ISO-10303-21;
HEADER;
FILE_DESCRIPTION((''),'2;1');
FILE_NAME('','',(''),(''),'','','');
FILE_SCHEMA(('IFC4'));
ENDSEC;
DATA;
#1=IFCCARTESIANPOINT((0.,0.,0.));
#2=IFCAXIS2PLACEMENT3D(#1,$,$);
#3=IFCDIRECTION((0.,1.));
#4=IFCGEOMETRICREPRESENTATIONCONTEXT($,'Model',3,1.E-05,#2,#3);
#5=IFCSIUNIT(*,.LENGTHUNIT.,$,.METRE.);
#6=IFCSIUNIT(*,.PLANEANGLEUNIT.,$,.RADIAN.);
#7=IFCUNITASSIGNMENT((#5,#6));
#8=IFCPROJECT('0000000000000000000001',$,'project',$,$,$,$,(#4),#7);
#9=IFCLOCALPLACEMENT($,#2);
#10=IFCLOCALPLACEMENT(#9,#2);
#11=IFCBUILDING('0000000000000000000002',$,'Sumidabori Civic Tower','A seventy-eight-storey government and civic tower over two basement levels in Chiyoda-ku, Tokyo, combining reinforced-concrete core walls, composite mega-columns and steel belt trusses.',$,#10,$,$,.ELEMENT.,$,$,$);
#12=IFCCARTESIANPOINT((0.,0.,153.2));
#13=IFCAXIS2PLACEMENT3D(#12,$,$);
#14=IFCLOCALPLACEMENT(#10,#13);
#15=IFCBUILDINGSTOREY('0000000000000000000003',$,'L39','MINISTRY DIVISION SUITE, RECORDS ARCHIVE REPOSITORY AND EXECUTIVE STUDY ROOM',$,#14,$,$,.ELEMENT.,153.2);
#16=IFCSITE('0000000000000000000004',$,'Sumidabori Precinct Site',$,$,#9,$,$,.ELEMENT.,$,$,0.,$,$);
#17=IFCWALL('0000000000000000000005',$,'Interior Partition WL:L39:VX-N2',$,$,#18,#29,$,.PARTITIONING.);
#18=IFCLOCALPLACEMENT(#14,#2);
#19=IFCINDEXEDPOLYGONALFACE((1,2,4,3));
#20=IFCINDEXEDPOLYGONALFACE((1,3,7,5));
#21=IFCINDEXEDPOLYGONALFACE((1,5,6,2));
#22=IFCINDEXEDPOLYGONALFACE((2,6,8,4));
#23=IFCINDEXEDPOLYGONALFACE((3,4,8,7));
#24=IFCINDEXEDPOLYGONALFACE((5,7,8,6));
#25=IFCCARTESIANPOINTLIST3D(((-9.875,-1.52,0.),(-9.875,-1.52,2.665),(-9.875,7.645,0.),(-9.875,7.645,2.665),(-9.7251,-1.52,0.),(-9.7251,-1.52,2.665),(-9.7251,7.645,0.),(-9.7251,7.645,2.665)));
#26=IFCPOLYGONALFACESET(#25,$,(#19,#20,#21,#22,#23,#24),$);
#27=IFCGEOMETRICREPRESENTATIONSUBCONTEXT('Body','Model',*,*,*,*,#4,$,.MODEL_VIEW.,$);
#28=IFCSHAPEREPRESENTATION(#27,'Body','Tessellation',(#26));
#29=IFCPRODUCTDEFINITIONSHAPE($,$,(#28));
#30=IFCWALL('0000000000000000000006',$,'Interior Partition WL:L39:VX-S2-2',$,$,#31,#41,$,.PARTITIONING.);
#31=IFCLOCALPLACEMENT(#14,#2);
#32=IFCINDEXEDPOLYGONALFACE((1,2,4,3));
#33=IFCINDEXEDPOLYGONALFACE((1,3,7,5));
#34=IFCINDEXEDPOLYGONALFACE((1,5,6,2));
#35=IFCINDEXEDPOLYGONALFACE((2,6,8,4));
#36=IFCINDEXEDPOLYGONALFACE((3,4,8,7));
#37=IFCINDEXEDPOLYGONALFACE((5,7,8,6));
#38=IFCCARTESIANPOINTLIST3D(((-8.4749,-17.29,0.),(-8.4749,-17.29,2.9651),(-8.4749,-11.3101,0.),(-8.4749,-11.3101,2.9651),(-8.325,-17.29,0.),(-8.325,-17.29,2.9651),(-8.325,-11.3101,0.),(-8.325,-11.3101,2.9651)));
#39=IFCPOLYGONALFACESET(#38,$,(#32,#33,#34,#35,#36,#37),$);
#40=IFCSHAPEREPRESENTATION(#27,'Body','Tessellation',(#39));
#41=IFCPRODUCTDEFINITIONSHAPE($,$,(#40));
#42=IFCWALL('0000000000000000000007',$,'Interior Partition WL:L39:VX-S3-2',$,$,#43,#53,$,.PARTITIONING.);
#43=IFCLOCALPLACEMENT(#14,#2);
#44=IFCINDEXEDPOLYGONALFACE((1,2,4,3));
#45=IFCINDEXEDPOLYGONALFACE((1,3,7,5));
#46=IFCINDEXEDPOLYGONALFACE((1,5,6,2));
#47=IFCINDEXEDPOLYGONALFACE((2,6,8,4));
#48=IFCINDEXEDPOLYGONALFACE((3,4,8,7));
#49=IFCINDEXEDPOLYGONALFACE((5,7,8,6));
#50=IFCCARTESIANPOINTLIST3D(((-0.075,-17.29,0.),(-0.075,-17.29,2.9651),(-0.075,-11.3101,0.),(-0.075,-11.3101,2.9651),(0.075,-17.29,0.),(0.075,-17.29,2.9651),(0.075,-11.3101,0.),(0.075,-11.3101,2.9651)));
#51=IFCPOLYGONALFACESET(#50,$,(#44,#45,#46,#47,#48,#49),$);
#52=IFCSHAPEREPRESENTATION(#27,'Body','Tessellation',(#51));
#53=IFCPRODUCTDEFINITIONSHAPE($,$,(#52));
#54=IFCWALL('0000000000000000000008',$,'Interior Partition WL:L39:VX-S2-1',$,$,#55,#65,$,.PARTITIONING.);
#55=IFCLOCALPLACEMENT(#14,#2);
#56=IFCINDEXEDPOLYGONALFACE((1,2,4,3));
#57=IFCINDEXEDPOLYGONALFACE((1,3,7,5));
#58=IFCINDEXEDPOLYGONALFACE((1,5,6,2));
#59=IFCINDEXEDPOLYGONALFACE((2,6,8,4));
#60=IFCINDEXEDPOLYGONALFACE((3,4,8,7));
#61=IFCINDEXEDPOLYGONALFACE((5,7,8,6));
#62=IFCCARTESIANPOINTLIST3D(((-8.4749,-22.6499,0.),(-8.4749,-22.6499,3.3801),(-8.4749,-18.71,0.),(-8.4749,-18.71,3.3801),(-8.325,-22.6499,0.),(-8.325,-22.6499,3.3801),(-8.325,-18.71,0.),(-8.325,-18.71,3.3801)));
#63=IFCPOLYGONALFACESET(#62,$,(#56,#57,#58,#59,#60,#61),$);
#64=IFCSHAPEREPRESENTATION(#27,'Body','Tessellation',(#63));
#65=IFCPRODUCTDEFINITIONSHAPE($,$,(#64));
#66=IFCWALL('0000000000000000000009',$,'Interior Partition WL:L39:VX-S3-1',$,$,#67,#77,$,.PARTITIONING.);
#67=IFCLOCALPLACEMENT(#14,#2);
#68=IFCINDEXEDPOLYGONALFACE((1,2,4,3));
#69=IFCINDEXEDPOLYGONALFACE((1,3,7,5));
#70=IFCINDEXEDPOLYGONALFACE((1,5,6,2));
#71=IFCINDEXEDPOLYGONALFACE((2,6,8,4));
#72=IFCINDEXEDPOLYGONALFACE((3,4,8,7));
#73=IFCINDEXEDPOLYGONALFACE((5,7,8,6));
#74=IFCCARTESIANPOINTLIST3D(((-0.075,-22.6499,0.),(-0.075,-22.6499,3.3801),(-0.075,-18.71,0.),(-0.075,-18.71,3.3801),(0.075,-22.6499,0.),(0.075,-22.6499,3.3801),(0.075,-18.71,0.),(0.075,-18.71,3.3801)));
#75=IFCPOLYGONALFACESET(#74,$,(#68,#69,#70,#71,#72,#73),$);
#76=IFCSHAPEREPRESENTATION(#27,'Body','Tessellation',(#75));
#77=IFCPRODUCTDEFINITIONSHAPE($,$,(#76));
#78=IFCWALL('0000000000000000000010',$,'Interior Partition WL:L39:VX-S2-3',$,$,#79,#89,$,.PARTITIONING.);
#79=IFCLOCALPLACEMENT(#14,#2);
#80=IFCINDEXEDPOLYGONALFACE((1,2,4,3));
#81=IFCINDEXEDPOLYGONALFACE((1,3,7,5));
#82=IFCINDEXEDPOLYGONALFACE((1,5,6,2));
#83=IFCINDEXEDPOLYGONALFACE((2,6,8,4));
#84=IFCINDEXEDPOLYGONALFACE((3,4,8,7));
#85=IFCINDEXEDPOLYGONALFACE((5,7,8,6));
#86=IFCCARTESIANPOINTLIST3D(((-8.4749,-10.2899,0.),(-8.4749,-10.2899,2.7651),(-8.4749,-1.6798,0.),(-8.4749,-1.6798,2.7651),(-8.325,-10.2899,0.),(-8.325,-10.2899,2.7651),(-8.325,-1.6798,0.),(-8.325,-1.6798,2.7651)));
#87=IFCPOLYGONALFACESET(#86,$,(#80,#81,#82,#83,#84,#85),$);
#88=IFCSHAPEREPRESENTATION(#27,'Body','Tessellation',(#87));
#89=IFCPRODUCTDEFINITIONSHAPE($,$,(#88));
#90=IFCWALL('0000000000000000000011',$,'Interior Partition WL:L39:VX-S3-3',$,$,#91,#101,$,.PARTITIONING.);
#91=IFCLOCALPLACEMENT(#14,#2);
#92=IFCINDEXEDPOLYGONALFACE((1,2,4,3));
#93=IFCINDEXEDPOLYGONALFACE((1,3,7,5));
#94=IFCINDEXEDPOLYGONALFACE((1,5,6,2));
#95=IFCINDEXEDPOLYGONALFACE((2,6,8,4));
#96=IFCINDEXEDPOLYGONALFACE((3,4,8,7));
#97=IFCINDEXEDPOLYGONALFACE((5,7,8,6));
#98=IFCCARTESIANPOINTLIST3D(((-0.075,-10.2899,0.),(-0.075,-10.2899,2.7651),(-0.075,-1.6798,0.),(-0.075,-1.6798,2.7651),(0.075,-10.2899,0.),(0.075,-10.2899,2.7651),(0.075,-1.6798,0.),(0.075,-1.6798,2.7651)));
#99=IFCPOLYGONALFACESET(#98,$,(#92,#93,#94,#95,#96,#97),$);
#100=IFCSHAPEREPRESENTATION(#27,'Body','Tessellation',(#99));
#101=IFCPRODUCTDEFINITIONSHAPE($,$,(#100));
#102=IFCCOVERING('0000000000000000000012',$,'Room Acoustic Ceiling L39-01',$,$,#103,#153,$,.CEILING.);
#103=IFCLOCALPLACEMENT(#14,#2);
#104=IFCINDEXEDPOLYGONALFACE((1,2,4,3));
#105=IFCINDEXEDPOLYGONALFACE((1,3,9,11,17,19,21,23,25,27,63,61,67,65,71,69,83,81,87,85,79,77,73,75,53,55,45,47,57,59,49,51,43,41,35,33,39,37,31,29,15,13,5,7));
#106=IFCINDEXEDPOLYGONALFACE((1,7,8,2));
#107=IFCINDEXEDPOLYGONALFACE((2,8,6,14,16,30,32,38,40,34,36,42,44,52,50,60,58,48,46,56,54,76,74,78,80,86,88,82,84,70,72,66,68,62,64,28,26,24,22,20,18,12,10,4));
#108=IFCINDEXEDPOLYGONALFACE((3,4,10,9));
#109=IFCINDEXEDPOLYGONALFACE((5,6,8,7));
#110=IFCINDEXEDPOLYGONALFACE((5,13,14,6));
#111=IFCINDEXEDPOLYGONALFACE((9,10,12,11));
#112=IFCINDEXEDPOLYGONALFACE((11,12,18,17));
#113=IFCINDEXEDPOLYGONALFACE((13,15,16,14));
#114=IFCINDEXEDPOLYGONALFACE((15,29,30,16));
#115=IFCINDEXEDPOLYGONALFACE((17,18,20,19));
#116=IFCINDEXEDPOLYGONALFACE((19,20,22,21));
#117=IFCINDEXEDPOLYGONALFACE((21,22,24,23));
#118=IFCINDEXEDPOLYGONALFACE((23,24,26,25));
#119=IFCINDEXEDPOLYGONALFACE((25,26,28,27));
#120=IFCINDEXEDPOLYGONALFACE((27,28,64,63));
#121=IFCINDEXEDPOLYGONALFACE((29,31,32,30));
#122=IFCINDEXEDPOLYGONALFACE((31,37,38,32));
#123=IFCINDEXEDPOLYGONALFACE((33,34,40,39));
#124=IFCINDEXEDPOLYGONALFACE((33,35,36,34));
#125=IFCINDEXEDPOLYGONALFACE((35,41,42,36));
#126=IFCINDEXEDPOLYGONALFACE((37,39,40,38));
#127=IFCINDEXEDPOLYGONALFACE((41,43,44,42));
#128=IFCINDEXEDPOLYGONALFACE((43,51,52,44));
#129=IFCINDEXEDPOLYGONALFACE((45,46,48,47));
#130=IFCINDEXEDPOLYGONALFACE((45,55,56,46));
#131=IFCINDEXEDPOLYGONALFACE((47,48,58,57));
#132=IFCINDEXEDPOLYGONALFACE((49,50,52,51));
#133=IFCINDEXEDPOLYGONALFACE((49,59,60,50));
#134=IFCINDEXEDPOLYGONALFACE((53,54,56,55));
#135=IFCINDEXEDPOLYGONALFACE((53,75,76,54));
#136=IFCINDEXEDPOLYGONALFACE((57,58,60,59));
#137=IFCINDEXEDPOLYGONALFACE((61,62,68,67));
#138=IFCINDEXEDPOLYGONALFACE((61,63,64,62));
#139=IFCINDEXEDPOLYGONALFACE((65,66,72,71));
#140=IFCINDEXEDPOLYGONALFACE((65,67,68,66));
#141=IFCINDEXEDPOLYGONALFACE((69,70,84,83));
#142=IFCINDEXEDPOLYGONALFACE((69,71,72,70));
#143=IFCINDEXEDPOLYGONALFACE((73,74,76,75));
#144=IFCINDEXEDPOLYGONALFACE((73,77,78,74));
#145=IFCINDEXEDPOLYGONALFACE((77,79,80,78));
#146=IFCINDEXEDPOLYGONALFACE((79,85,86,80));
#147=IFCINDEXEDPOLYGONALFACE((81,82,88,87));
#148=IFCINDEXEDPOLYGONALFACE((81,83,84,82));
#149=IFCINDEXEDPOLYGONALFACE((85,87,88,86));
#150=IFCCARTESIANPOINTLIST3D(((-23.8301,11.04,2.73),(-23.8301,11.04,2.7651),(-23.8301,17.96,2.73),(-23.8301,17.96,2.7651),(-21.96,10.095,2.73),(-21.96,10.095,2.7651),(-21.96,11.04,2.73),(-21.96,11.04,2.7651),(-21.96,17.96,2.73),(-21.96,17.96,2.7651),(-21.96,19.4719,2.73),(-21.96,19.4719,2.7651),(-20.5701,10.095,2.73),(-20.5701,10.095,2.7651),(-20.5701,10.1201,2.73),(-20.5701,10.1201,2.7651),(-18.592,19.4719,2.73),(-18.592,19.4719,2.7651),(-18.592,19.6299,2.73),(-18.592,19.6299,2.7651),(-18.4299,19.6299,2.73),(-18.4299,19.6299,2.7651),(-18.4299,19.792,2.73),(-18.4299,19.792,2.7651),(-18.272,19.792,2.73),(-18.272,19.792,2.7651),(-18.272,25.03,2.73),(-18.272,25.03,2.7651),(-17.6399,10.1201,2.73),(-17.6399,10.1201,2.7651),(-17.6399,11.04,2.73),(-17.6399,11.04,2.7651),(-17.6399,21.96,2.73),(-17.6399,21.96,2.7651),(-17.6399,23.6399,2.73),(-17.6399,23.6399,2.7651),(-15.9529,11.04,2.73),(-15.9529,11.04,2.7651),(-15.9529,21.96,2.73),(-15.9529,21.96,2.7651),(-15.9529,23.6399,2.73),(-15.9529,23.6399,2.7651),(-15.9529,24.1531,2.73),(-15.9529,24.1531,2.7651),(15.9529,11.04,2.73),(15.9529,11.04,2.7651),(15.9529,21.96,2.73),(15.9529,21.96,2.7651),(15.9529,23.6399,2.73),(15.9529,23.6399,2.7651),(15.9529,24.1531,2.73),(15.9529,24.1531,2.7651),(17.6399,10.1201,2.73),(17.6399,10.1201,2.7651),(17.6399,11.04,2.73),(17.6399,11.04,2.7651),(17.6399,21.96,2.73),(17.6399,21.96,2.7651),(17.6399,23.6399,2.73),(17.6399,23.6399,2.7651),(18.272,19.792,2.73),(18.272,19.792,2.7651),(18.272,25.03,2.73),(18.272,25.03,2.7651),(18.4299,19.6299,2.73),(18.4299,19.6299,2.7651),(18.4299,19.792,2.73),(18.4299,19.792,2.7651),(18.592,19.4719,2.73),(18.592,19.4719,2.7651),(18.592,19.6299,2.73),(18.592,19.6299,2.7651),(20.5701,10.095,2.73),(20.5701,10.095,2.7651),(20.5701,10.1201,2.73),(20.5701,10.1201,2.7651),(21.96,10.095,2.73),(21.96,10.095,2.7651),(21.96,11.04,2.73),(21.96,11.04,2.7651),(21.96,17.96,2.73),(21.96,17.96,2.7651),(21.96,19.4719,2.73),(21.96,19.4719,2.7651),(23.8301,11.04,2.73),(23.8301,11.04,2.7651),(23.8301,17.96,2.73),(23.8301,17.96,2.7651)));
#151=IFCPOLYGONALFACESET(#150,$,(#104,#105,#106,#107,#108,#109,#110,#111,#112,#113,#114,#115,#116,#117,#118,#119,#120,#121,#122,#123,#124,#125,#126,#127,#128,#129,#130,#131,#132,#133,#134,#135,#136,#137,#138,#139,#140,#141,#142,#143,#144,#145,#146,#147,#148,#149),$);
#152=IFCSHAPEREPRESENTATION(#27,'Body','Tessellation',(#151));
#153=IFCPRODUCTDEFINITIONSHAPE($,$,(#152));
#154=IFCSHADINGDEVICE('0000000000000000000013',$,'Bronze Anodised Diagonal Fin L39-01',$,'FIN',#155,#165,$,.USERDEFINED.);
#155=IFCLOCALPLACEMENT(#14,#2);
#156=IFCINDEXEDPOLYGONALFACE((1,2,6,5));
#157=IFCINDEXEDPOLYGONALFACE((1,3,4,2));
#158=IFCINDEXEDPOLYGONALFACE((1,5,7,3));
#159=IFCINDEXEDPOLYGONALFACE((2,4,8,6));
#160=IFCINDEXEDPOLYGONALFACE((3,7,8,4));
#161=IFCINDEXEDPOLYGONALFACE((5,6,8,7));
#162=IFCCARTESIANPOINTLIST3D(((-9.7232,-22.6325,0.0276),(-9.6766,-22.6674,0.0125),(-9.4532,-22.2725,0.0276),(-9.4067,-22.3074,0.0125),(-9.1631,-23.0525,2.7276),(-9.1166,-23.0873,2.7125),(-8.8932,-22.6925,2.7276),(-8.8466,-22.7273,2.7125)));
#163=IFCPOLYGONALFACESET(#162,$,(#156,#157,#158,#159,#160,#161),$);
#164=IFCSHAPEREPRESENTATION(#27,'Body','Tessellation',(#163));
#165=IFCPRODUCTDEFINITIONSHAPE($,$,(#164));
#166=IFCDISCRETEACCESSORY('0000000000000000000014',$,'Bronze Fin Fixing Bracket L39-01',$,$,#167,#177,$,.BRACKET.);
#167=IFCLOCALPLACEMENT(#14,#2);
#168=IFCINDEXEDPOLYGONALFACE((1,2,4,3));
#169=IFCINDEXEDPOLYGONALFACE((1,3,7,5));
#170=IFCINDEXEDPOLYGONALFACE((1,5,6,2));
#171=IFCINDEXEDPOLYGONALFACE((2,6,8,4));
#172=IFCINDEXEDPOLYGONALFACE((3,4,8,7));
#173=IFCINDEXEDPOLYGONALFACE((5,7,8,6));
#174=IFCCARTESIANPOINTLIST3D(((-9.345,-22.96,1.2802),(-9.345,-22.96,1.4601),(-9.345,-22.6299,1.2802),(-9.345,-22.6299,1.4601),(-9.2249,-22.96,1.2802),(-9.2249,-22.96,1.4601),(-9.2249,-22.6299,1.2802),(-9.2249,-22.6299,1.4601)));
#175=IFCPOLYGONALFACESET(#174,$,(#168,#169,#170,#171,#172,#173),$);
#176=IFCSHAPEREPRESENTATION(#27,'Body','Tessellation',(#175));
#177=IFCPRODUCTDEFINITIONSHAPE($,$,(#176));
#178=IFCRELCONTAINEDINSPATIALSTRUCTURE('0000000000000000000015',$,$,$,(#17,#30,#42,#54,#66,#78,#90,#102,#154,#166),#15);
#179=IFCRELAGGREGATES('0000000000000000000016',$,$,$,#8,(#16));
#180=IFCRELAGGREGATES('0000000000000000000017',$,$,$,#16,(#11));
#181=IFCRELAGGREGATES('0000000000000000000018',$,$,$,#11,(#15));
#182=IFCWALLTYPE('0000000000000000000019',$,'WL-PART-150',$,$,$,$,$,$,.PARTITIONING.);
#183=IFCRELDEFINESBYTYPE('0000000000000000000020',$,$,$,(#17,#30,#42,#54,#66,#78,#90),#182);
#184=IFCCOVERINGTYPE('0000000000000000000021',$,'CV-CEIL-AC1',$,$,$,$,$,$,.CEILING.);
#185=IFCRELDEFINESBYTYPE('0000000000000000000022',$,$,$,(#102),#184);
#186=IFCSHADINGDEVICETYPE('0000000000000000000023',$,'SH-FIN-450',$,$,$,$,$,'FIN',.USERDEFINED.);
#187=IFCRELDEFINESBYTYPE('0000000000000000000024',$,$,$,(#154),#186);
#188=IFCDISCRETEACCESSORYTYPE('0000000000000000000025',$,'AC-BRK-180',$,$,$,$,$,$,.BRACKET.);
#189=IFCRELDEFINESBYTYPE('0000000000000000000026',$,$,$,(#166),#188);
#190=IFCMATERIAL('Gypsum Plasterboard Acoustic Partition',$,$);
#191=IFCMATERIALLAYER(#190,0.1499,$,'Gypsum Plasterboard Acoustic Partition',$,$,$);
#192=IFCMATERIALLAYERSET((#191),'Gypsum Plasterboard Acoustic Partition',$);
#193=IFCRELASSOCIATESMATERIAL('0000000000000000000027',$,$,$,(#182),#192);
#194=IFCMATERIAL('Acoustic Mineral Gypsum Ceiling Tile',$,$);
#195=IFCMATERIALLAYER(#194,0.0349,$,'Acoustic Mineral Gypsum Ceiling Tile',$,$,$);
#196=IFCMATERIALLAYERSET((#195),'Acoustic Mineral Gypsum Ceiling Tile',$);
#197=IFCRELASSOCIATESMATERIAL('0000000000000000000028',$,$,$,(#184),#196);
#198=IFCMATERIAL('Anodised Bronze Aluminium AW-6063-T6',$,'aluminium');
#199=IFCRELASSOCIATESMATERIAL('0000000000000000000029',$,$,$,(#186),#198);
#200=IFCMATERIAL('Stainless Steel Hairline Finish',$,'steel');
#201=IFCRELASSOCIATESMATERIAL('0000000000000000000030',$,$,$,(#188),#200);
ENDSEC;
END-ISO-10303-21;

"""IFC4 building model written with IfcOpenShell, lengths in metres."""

from ifc_helpers import new_model, si_unit, direction, frame, frame_2d, origin, origin_2d, place, context, subcontext, project, spatial, polyline, rectangle, outline, extrude, source, transform, mapped, material, layer, layer_set, material_profile, profile_set, type_object, element, save


model = new_model("IFC4")

# Units and contexts
model_context = context("Model", 3, precision=1e-05, world=origin(), true_north=direction((0.0, 1.0)))
body_context = subcontext(model_context, "Body", "Model", "MODEL_VIEW")
ifc_project = project(units=[si_unit("LENGTHUNIT", "METRE"), si_unit("PLANEANGLEUNIT", "RADIAN")], contexts=[model_context])

# Site, building, storey
site_placement = place(None, origin())
site = spatial("IfcSite", under=ifc_project, at=site_placement, Name="Sumidabori Precinct Site", CompositionType="ELEMENT", RefElevation=0.0)
building_placement = place(site_placement, origin())
building = spatial("IfcBuilding", under=site, at=building_placement, Name="Sumidabori Civic Tower", Description="A seventy-eight-storey government and civic tower over two basement levels in Chiyoda-ku, Tokyo, combining reinforced-concrete core walls, composite mega-columns and steel belt trusses.", CompositionType="ELEMENT")
storey_placement = place(building_placement, frame((0.0, 0.0, 153.2)))
storey = spatial("IfcBuildingStorey", under=building, at=storey_placement, Name="L39", Description="MINISTRY DIVISION SUITE, RECORDS ARCHIVE REPOSITORY AND EXECUTIVE STUDY ROOM", CompositionType="ELEMENT", Elevation=153.2)

# Shared definitions
ifc_material_1 = material(Name="Anodised Bronze Aluminium AW-6063-T6", Category="aluminium")

# Walls
ifc_material_2 = material(Name="Gypsum Plasterboard Acoustic Partition")
ifc_layer_1 = layer(ifc_material_2, 0.1499, Name="Gypsum Plasterboard Acoustic Partition")
ifc_layer_set_1 = layer_set([ifc_layer_1], Name="Gypsum Plasterboard Acoustic Partition")
wall_type = type_object("IfcWallType", Name="WL-PART-150", PredefinedType="PARTITIONING", material=ifc_layer_set_1)
shared_shape_1 = source(origin(), body_context, "Body", "SweptSolid", [
    extrude(rectangle(XDim=9.165, YDim=0.1499, at=frame_2d((4.5825, 0.0))), origin(), (0.0, 0.0, 1.0), 2.665),
])
wall_placement = place(storey_placement, frame((-9.8, -1.52, 0.0), z_axis=(0.0, 0.0, 1.0), x_axis=(0.0, 1.0, 0.0)))
element("IfcWall", 1, at=wall_placement, inside=storey, type_object=wall_type, Name="Interior Partition WL:L39:VX-N2", PredefinedType="PARTITIONING", context=body_context, shape_type="MappedRepresentation", body=[
    mapped(shared_shape_1, transform((0.0, 0.0, 0.0), x_axis=(1.0, 0.0, 0.0), y_axis=(0.0, 1.0, 0.0), z_axis=(0.0, 0.0, 1.0), scale=1.0)),
])
shared_shape_2 = source(origin(), body_context, "Body", "SweptSolid", [
    extrude(rectangle(XDim=5.98, YDim=0.1499, at=frame_2d((2.99, 0.0))), origin(), (0.0, 0.0, 1.0), 2.9651),
])
for number, where, z_axis, x_axis, name in (
    (2, (-8.3999, -17.29, 0.0), (0.0, 0.0, 1.0), (0.0, 1.0, 0.0), "Interior Partition WL:L39:VX-S2-2"),
    (3, (0.0, -17.29, 0.0), (0.0, 0.0, 1.0), (0.0, 1.0, 0.0), "Interior Partition WL:L39:VX-S3-2"),
):
    element("IfcWall", number, at=place(storey_placement, frame(where, z_axis=z_axis, x_axis=x_axis)), inside=storey, type_object=wall_type, Name=name, PredefinedType="PARTITIONING", context=body_context, shape_type="MappedRepresentation", body=[
        mapped(shared_shape_2, transform((0.0, 0.0, 0.0), x_axis=(1.0, 0.0, 0.0), y_axis=(0.0, 1.0, 0.0), z_axis=(0.0, 0.0, 1.0), scale=1.0)),
    ])
shared_shape_3 = source(origin(), body_context, "Body", "SweptSolid", [
    extrude(rectangle(XDim=3.9399, YDim=0.1499, at=frame_2d((1.97, 0.0))), origin(), (0.0, 0.0, 1.0), 3.3801),
])
for number, where, z_axis, x_axis, name in (
    (4, (-8.3999, -22.6499, 0.0), (0.0, 0.0, 1.0), (0.0, 1.0, 0.0), "Interior Partition WL:L39:VX-S2-1"),
    (5, (0.0, -22.6499, 0.0), (0.0, 0.0, 1.0), (0.0, 1.0, 0.0), "Interior Partition WL:L39:VX-S3-1"),
):
    element("IfcWall", number, at=place(storey_placement, frame(where, z_axis=z_axis, x_axis=x_axis)), inside=storey, type_object=wall_type, Name=name, PredefinedType="PARTITIONING", context=body_context, shape_type="MappedRepresentation", body=[
        mapped(shared_shape_3, transform((0.0, 0.0, 0.0), x_axis=(1.0, 0.0, 0.0), y_axis=(0.0, 1.0, 0.0), z_axis=(0.0, 0.0, 1.0), scale=1.0)),
    ])
shared_shape_4 = source(origin(), body_context, "Body", "SweptSolid", [
    extrude(rectangle(XDim=8.6101, YDim=0.1499, at=frame_2d((4.3052, 0.0))), origin(), (0.0, 0.0, 1.0), 2.7651),
])
for number, where, z_axis, x_axis, name in (
    (6, (-8.3999, -10.29, 0.0), (0.0, 0.0, 1.0), (0.0, 1.0, 0.0), "Interior Partition WL:L39:VX-S2-3"),
    (7, (0.0, -10.29, 0.0), (0.0, 0.0, 1.0), (0.0, 1.0, 0.0), "Interior Partition WL:L39:VX-S3-3"),
):
    element("IfcWall", number, at=place(storey_placement, frame(where, z_axis=z_axis, x_axis=x_axis)), inside=storey, type_object=wall_type, Name=name, PredefinedType="PARTITIONING", context=body_context, shape_type="MappedRepresentation", body=[
        mapped(shared_shape_4, transform((0.0, 0.0, 0.0), x_axis=(1.0, 0.0, 0.0), y_axis=(0.0, 1.0, 0.0), z_axis=(0.0, 0.0, 1.0), scale=1.0)),
    ])

# Covering
ifc_material_3 = material(Name="Acoustic Mineral Gypsum Ceiling Tile")
ifc_layer_2 = layer(ifc_material_3, 0.0349, Name="Acoustic Mineral Gypsum Ceiling Tile")
ifc_layer_set_2 = layer_set([ifc_layer_2], Name="Acoustic Mineral Gypsum Ceiling Tile")
covering_type = type_object("IfcCoveringType", Name="CV-CEIL-AC1", PredefinedType="CEILING", material=ifc_layer_set_2)
covering_placement = place(storey_placement, frame((0.0, 0.0, 2.73)))
element("IfcCovering", 8, at=covering_placement, inside=storey, type_object=covering_type, Name="Room Acoustic Ceiling L39-01", PredefinedType="CEILING", context=body_context, shape_type="SweptSolid", body=[
    extrude(outline(polyline([(-20.5701, 10.095), (-21.96, 10.095), (-21.96, 11.04), (-23.8301, 11.04), (-23.8301, 17.96), (-21.96, 17.96), (-21.96, 19.4719), (-18.592, 19.4719), (-18.592, 19.6299), (-18.4299, 19.6299), (-18.4299, 19.792), (-18.272, 19.792), (-18.272, 25.03), (18.272, 25.03), (18.272, 19.792), (18.4299, 19.792), (18.4299, 19.6299), (18.592, 19.6299), (18.592, 19.4719), (21.96, 19.4719), (21.96, 17.96), (23.8301, 17.96), (23.8301, 11.04), (21.96, 11.04), (21.96, 10.095), (20.5701, 10.095), (20.5701, 10.1201), (17.6399, 10.1201), (17.6399, 11.04), (15.9529, 11.04), (15.9529, 21.96), (17.6399, 21.96), (17.6399, 23.6399), (15.9529, 23.6399), (15.9529, 24.1531), (-15.9529, 24.1531), (-15.9529, 23.6399), (-17.6399, 23.6399), (-17.6399, 21.96), (-15.9529, 21.96), (-15.9529, 11.04), (-17.6399, 11.04), (-17.6399, 10.1201), (-20.5701, 10.1201), (-20.5701, 10.095)])), origin(), (0.0, 0.0, 1.0), 0.0352),
])

# Shading device
ifc_material_profile_1 = material_profile(ifc_material_1, rectangle(XDim=0.0601, YDim=0.45, at=origin_2d()), Name="BRONZE FIN 450x60")
ifc_profile_set_1 = profile_set([ifc_material_profile_1], Name="Anodised Bronze Aluminium AW-6063-T6")
shading_device_type = type_object("IfcShadingDeviceType", Name="SH-FIN-450", ElementType="FIN", PredefinedType="USERDEFINED", material=ifc_profile_set_1)
shared_shape_5 = source(origin(), body_context, "Body", "SweptSolid", [
    extrude(rectangle(XDim=0.0601, YDim=0.45, at=origin_2d()), origin(), (0.0, 0.0, 1.0), 2.7893),
])
shading_device_placement = place(storey_placement, frame((-9.5649, -22.47, 0.02), z_axis=(0.200794, -0.150552, 0.967996), x_axis=(0.774478, -0.580689, -0.250966)))
element("IfcShadingDevice", 9, at=shading_device_placement, inside=storey, type_object=shading_device_type, Name="Bronze Anodised Diagonal Fin L39-01", ObjectType="FIN", PredefinedType="USERDEFINED", context=body_context, shape_type="MappedRepresentation", body=[
    mapped(shared_shape_5, transform((0.0, 0.0, 0.0), x_axis=(1.0, 0.0, 0.0), y_axis=(0.0, 1.0, 0.0), z_axis=(0.0, 0.0, 1.0), scale=1.0)),
])

# Discrete accessory
ifc_material_4 = material(Name="Stainless Steel Hairline Finish", Category="steel")
ifc_material_profile_2 = material_profile(ifc_material_4, rectangle(XDim=0.1201, YDim=0.1799, at=origin_2d()), Name="STEEL BRACKET 180x120")
ifc_profile_set_2 = profile_set([ifc_material_profile_2], Name="Stainless Steel Hairline Finish")
discrete_accessory_type = type_object("IfcDiscreteAccessoryType", Name="AC-BRK-180", PredefinedType="BRACKET", material=ifc_profile_set_2)
shared_shape_6 = source(origin(), body_context, "Body", "SweptSolid", [
    extrude(rectangle(XDim=0.1201, YDim=0.1799, at=origin_2d()), origin(), (0.0, 0.0, 1.0), 0.3301),
])
discrete_accessory_placement = place(storey_placement, frame((-9.2849, -22.6299, 1.3701), z_axis=(0.0, -1.0, 0.0), x_axis=(1.0, 0.0, 0.0)))
element("IfcDiscreteAccessory", 10, at=discrete_accessory_placement, inside=storey, type_object=discrete_accessory_type, Name="Bronze Fin Fixing Bracket L39-01", PredefinedType="BRACKET", context=body_context, shape_type="MappedRepresentation", body=[
    mapped(shared_shape_6, transform((0.0, 0.0, 0.0), x_axis=(1.0, 0.0, 0.0), y_axis=(0.0, 1.0, 0.0), z_axis=(0.0, 0.0, 1.0), scale=1.0)),
])

save(model, "model.ifc")
